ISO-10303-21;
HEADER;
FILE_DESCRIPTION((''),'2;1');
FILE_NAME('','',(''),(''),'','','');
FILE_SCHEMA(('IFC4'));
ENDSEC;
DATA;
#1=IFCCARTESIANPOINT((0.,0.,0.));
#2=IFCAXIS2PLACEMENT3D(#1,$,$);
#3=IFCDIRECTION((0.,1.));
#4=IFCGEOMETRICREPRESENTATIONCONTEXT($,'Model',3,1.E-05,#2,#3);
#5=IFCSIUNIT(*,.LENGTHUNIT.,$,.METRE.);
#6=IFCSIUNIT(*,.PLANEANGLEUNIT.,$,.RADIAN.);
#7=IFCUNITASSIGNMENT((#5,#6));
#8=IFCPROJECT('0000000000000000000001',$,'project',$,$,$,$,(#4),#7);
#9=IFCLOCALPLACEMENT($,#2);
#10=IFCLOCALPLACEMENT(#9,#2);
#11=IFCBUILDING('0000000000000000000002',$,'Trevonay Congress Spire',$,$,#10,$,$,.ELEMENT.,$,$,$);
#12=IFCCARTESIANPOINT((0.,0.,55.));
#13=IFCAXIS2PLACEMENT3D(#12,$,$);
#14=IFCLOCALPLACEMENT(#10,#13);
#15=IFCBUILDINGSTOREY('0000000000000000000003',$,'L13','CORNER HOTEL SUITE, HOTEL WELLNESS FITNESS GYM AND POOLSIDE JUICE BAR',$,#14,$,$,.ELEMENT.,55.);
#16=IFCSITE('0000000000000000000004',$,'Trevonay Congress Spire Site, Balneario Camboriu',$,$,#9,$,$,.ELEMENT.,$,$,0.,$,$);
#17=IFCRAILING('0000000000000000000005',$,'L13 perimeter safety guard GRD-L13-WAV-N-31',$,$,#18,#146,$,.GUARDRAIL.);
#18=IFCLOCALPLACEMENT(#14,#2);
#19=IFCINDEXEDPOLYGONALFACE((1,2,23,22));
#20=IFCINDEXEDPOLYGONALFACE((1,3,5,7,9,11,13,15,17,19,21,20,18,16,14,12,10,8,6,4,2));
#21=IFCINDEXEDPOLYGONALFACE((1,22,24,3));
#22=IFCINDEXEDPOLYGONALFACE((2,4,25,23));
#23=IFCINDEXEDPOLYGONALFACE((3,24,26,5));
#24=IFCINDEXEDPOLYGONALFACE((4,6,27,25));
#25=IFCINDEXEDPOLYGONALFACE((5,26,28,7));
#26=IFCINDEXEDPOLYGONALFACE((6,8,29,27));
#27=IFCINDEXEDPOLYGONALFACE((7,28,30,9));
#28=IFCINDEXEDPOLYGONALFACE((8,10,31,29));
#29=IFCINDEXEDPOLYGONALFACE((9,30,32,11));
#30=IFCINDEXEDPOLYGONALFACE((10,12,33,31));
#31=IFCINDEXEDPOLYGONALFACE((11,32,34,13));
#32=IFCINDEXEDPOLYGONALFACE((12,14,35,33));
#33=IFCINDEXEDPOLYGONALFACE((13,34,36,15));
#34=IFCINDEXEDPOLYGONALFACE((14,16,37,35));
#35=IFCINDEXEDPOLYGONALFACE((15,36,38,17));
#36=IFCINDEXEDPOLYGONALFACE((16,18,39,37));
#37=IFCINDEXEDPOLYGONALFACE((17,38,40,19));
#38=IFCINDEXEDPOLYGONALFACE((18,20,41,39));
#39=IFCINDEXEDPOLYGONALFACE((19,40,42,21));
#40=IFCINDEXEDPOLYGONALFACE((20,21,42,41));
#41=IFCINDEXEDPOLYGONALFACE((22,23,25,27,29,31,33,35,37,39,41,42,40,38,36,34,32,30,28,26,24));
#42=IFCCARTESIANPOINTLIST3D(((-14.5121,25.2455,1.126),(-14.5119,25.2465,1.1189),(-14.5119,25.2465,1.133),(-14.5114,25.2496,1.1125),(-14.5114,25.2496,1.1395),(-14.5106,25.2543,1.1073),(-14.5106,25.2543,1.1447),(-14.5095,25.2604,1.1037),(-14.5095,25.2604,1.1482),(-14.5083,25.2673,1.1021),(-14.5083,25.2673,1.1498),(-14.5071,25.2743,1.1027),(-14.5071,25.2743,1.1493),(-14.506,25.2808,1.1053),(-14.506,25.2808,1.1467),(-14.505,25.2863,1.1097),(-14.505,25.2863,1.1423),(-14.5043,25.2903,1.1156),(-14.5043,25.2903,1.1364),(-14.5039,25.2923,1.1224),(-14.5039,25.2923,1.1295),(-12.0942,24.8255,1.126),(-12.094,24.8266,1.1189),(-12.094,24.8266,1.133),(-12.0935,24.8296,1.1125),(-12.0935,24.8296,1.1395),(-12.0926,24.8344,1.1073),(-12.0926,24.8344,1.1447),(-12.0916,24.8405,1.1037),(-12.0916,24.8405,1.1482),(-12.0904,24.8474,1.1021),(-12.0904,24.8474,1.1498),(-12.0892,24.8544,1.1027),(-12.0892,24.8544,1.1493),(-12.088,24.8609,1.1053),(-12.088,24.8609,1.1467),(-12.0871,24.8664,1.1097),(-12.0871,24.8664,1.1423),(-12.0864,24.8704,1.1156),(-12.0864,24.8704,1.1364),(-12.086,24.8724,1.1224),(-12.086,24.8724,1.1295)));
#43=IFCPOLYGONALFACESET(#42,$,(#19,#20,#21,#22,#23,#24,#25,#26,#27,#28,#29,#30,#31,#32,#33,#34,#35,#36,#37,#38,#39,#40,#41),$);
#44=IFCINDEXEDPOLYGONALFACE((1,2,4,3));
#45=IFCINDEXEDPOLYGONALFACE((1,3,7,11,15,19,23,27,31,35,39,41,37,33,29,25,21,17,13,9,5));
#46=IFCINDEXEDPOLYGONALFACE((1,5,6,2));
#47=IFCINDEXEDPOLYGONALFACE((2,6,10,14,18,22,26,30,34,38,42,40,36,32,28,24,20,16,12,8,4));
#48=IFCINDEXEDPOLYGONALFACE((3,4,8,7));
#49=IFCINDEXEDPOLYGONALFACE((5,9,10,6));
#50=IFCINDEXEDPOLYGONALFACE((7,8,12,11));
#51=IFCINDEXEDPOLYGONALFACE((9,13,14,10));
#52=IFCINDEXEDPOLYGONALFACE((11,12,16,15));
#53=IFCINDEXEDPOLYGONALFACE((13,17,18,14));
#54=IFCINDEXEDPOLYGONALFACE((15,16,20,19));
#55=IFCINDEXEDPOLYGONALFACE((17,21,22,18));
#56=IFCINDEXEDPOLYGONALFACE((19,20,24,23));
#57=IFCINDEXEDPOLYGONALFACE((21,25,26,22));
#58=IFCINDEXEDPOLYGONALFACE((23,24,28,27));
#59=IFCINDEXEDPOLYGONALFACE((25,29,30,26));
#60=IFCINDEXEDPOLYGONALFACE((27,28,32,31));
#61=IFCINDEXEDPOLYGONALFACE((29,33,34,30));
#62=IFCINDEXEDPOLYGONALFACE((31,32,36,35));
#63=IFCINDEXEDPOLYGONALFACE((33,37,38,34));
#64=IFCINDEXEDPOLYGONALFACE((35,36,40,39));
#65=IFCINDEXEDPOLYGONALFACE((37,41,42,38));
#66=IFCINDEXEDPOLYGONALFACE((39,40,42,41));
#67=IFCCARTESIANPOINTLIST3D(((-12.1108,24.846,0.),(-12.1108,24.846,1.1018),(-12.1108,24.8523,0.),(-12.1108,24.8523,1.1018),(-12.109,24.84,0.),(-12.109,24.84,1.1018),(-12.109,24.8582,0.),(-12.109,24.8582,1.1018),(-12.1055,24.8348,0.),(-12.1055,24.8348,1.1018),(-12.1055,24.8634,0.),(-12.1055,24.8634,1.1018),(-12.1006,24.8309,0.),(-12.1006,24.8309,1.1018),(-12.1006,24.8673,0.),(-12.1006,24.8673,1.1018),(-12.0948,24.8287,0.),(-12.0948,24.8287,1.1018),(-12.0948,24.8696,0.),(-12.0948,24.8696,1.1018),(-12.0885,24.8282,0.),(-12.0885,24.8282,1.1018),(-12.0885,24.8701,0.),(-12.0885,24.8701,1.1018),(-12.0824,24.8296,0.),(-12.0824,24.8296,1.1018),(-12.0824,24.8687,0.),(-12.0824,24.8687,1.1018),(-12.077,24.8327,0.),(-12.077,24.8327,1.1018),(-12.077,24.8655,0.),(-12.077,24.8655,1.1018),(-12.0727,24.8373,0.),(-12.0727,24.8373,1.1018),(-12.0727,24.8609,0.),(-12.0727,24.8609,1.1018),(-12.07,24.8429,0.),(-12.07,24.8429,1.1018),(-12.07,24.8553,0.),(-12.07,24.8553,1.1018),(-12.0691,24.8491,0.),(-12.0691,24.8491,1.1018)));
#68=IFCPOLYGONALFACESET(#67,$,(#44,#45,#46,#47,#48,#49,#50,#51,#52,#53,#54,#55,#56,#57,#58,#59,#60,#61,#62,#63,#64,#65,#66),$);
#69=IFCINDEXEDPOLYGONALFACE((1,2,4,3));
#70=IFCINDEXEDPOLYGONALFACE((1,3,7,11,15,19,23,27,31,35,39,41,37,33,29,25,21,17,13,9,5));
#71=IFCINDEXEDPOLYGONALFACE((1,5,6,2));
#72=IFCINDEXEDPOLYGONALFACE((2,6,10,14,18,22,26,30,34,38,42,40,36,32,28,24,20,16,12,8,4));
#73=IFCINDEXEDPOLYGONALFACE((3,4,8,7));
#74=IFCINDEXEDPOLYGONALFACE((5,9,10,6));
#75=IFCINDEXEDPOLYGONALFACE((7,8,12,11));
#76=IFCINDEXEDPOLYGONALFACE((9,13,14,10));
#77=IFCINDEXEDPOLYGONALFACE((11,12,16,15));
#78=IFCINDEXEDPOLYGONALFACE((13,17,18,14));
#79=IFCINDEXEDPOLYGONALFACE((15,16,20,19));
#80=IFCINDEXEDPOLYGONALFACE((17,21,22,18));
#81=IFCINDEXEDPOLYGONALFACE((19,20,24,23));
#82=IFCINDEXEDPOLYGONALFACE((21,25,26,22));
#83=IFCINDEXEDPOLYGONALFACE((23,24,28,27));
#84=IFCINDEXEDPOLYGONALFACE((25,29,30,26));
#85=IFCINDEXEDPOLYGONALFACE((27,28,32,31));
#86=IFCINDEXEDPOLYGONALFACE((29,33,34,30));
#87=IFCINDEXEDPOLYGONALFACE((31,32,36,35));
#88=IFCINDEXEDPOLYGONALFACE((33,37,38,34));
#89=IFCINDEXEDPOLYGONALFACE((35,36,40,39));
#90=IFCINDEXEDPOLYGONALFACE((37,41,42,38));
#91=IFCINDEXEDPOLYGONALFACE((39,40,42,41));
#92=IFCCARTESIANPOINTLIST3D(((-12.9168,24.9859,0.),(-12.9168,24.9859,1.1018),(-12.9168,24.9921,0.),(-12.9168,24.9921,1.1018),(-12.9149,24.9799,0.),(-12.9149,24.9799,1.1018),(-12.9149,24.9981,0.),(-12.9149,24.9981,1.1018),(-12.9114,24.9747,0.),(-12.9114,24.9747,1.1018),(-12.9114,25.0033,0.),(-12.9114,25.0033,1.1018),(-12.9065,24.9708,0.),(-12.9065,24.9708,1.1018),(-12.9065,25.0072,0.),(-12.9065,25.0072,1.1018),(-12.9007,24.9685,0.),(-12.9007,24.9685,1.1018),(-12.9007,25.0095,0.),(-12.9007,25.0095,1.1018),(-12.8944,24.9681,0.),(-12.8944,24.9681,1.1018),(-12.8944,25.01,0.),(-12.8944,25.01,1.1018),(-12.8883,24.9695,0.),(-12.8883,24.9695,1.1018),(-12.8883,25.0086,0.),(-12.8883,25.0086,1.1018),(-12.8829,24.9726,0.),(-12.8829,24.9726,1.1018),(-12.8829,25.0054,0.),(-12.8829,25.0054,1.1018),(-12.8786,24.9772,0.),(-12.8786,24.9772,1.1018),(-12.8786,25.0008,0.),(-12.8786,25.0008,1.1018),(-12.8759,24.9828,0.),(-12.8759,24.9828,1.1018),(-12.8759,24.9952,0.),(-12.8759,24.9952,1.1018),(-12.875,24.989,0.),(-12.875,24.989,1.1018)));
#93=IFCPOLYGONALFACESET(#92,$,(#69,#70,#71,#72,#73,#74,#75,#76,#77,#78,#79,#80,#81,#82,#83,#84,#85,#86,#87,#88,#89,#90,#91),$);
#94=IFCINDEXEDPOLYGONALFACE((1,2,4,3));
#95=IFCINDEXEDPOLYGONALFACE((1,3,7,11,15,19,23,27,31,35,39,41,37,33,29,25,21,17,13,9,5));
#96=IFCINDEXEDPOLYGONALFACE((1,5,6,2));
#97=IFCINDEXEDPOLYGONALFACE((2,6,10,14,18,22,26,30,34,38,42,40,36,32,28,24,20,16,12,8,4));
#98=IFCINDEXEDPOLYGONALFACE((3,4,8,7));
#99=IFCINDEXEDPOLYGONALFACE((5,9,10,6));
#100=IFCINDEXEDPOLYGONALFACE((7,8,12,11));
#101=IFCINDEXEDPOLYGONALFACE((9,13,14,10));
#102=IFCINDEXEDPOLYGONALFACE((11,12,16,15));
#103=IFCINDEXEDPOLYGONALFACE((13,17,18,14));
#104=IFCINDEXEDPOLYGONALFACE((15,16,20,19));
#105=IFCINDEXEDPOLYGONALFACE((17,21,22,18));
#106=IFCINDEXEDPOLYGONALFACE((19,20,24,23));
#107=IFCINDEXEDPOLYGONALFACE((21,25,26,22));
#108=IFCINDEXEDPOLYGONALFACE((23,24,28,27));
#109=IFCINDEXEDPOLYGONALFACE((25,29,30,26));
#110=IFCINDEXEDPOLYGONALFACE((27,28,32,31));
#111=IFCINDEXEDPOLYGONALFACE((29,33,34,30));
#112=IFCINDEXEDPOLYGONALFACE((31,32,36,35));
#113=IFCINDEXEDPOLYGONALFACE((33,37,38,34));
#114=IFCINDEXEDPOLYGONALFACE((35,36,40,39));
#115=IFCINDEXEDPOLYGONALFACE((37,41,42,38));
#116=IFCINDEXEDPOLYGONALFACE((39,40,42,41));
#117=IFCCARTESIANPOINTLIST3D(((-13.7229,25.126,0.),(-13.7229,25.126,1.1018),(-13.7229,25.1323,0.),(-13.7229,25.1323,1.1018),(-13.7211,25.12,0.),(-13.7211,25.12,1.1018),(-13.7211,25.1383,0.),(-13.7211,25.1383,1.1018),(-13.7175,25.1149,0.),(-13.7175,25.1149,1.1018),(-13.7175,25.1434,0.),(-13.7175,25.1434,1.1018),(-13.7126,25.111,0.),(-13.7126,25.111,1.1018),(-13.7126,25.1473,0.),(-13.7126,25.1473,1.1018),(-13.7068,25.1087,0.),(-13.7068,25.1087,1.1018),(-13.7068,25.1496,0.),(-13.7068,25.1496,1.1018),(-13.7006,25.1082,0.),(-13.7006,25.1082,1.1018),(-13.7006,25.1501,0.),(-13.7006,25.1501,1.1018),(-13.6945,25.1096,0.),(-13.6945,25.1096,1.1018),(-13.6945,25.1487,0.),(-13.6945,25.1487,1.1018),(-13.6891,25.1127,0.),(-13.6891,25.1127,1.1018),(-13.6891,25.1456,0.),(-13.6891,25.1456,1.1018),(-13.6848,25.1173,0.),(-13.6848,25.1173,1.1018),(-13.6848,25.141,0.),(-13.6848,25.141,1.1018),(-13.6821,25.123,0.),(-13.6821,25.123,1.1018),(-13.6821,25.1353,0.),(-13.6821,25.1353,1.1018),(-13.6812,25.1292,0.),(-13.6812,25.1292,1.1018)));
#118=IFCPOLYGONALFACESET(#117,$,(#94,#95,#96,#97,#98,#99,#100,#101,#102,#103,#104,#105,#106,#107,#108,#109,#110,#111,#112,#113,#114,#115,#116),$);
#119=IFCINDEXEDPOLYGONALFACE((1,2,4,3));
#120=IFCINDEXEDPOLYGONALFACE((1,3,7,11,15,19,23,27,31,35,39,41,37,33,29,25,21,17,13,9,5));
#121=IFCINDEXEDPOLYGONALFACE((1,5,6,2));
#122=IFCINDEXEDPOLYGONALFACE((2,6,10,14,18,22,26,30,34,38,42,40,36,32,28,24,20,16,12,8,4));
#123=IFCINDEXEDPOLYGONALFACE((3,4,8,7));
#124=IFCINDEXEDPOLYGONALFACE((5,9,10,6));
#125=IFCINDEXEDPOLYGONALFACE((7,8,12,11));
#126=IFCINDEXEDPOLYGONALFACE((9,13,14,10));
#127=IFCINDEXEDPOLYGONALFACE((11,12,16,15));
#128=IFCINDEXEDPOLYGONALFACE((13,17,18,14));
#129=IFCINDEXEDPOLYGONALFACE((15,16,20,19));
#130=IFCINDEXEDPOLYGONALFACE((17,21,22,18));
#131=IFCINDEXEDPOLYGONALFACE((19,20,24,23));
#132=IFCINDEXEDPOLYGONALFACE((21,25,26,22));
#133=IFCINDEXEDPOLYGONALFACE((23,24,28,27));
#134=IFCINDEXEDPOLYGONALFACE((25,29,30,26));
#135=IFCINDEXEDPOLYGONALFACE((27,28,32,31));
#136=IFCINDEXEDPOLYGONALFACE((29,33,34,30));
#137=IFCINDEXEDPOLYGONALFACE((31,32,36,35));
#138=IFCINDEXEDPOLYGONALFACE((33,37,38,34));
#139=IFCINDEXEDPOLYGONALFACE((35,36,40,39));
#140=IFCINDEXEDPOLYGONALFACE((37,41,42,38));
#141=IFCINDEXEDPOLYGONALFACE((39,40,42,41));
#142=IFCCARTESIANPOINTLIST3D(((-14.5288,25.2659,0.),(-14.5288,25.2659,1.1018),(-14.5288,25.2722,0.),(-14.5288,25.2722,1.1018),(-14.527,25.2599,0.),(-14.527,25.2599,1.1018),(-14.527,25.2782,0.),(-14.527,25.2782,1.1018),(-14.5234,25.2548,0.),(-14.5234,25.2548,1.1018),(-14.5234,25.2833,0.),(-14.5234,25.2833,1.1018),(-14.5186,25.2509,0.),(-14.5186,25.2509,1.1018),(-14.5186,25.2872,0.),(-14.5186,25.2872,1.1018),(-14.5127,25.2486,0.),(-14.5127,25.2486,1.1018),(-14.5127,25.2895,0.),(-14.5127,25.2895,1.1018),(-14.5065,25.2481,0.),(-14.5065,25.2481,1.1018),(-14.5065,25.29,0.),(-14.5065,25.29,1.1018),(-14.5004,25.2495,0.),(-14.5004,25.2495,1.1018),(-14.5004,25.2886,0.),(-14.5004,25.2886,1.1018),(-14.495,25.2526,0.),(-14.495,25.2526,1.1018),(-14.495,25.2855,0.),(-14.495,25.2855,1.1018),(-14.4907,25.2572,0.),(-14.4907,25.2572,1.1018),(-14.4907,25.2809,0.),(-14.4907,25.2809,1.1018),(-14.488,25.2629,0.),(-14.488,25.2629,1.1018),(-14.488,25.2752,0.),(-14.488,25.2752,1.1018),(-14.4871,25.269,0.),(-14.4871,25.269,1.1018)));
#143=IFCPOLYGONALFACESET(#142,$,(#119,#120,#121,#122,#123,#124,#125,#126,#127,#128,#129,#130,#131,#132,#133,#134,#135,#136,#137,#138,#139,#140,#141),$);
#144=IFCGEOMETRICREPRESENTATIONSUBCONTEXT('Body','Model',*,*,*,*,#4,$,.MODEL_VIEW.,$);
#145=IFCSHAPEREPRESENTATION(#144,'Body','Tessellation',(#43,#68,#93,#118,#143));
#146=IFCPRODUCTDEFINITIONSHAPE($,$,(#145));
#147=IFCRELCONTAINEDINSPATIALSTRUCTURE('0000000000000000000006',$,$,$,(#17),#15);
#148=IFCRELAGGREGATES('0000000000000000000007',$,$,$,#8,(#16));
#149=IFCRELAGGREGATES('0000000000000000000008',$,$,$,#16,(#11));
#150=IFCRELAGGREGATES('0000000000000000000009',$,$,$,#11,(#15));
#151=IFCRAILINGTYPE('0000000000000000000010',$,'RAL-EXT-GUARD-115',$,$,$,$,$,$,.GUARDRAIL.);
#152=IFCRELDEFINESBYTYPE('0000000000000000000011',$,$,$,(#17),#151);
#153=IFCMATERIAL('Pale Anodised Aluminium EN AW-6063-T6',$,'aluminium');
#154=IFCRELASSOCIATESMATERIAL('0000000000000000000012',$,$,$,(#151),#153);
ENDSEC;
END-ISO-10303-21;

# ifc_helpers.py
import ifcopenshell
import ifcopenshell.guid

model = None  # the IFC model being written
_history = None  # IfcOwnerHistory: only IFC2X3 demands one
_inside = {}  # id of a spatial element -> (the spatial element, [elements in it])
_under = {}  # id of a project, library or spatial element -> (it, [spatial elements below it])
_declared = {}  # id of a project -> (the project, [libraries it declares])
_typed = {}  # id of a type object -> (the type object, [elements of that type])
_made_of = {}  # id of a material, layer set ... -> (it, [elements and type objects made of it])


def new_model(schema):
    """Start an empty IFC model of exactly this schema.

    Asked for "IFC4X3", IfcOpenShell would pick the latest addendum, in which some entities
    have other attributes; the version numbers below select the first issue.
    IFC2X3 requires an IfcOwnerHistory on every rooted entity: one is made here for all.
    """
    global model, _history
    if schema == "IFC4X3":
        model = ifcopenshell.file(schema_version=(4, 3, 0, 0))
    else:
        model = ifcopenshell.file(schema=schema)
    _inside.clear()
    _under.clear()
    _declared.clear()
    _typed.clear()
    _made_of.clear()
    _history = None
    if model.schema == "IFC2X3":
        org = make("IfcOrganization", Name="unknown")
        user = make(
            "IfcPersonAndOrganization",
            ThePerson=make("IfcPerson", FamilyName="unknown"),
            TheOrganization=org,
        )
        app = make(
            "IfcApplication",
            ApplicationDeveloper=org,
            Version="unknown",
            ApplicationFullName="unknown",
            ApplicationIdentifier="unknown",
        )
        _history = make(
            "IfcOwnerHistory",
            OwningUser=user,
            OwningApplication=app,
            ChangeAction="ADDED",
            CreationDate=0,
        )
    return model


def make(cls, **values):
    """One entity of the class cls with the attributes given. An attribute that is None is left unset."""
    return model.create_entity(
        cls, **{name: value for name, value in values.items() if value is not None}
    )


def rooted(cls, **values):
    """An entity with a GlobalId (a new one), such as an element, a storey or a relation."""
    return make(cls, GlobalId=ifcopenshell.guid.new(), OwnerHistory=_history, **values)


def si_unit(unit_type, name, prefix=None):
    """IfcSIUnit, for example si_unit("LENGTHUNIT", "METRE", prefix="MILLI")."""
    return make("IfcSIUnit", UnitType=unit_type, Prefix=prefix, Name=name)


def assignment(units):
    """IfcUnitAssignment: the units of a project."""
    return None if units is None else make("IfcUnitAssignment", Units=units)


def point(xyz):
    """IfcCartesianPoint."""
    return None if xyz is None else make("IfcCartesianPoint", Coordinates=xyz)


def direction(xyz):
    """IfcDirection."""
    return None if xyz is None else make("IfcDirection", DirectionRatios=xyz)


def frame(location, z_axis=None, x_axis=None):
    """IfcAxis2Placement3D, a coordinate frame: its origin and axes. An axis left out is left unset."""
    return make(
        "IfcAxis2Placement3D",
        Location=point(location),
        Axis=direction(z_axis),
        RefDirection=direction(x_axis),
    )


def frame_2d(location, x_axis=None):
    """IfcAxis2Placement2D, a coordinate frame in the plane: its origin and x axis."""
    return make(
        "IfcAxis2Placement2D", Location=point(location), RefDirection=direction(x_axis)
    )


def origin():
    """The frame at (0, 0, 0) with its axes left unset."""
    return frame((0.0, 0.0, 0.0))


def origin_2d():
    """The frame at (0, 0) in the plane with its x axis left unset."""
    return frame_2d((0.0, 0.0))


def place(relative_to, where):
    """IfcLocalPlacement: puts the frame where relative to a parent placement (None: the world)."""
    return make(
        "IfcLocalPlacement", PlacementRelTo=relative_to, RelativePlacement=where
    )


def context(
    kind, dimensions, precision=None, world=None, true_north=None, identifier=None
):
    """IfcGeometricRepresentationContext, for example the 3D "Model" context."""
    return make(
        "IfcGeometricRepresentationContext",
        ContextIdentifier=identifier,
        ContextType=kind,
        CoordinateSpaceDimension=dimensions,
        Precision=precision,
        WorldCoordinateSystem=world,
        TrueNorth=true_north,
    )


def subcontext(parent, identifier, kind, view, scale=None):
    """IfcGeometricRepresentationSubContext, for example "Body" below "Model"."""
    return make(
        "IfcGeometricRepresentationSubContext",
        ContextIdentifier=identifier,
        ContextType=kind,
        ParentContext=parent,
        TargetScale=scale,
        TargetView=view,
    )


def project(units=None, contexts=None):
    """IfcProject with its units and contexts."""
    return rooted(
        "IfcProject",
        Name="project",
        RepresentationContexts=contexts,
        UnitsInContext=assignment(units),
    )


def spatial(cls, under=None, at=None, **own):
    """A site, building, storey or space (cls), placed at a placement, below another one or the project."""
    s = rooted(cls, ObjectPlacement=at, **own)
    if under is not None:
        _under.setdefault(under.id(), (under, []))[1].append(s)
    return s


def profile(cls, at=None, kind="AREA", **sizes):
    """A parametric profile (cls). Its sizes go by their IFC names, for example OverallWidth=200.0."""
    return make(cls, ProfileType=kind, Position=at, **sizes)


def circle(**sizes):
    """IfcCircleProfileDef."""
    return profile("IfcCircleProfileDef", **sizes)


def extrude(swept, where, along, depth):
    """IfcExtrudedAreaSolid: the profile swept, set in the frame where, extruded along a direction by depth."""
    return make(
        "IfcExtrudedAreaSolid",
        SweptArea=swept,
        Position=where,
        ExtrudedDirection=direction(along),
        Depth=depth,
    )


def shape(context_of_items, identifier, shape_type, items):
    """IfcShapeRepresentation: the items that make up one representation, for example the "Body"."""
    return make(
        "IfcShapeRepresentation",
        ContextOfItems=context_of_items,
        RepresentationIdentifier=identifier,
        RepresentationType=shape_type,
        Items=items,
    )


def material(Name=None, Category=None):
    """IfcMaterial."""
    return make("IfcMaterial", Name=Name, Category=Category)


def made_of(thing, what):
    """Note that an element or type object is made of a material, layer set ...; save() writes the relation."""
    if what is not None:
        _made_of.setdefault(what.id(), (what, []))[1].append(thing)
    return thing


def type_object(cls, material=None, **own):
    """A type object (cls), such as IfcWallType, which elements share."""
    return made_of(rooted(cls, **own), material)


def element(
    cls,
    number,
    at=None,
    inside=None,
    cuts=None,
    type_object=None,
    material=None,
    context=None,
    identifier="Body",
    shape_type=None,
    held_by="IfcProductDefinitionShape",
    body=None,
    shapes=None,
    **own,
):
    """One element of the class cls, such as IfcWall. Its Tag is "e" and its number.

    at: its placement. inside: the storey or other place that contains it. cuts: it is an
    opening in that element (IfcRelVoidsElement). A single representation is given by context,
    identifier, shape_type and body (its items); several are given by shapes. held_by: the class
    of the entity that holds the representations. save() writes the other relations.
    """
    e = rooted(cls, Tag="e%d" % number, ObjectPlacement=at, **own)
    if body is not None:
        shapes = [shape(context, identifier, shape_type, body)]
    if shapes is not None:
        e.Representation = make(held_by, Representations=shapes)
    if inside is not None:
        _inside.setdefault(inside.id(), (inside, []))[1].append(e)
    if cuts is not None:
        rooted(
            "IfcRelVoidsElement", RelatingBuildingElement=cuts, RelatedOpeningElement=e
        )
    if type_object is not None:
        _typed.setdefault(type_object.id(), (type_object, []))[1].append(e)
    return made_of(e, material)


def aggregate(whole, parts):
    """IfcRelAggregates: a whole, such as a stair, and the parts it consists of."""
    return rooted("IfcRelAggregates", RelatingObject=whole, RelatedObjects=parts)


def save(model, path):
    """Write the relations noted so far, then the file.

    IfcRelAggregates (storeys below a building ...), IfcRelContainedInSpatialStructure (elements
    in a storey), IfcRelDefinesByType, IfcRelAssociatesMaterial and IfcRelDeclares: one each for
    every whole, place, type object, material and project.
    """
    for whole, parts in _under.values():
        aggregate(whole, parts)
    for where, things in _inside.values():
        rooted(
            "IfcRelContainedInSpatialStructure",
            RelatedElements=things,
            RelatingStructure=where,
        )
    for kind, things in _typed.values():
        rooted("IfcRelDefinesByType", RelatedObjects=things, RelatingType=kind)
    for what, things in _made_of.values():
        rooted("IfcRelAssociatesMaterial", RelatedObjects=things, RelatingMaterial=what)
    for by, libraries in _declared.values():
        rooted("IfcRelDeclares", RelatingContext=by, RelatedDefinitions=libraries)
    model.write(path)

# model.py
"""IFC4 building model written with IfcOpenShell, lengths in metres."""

from ifc_helpers import new_model, si_unit, direction, frame, origin, origin_2d, place, context, subcontext, project, spatial, circle, extrude, material, type_object, element, save


model = new_model("IFC4")

# Units and contexts
model_context = context("Model", 3, precision=1e-05, world=origin(), true_north=direction((0.0, 1.0)))
body_context = subcontext(model_context, "Body", "Model", "MODEL_VIEW")
ifc_project = project(units=[si_unit("LENGTHUNIT", "METRE"), si_unit("PLANEANGLEUNIT", "RADIAN")], contexts=[model_context])

# Site, building, storey
site_placement = place(None, origin())
site = spatial("IfcSite", under=ifc_project, at=site_placement, Name="Trevonay Congress Spire Site, Balneario Camboriu", CompositionType="ELEMENT", RefElevation=0.0)
building_placement = place(site_placement, origin())
building = spatial("IfcBuilding", under=site, at=building_placement, Name="Trevonay Congress Spire", CompositionType="ELEMENT")
storey_placement = place(building_placement, frame((0.0, 0.0, 55.0)))
storey = spatial("IfcBuildingStorey", under=building, at=storey_placement, Name="L13", Description="CORNER HOTEL SUITE, HOTEL WELLNESS FITNESS GYM AND POOLSIDE JUICE BAR", CompositionType="ELEMENT", Elevation=55.0)

# Shared definitions
ifc_material_1 = material(Name="Pale Anodised Aluminium EN AW-6063-T6", Category="aluminium")

# Railing
railing_type = type_object("IfcRailingType", Name="RAL-EXT-GUARD-115", PredefinedType="GUARDRAIL", material=ifc_material_1)
railing_1_placement = place(storey_placement, frame((-12.0901, 24.8491, 0.0)))
element("IfcRailing", 1, at=railing_1_placement, inside=storey, type_object=railing_type, Name="L13 perimeter safety guard GRD-L13-WAV-N-31", PredefinedType="GUARDRAIL", context=body_context, shape_type="SweptSolid", body=[
    extrude(circle(Radius=0.0239, at=origin_2d()), frame((0.0, 0.0, 1.126), z_axis=(-0.985253, 0.171106, 0.0), x_axis=(-0.171106, -0.985253, 0.0)), (0.0, 0.0, 1.0), 2.4541),
    extrude(circle(Radius=0.021, at=origin_2d()), origin(), (0.0, 0.0, 1.0), 1.1018),
    extrude(circle(Radius=0.021, at=origin_2d()), frame((-0.8059, 0.1399, 0.0)), (0.0, 0.0, 1.0), 1.1018),
    extrude(circle(Radius=0.021, at=origin_2d()), frame((-1.6121, 0.28, 0.0)), (0.0, 0.0, 1.0), 1.1018),
    extrude(circle(Radius=0.021, at=origin_2d()), frame((-2.418, 0.4199, 0.0)), (0.0, 0.0, 1.0), 1.1018),
])

save(model, "model.ifc")
